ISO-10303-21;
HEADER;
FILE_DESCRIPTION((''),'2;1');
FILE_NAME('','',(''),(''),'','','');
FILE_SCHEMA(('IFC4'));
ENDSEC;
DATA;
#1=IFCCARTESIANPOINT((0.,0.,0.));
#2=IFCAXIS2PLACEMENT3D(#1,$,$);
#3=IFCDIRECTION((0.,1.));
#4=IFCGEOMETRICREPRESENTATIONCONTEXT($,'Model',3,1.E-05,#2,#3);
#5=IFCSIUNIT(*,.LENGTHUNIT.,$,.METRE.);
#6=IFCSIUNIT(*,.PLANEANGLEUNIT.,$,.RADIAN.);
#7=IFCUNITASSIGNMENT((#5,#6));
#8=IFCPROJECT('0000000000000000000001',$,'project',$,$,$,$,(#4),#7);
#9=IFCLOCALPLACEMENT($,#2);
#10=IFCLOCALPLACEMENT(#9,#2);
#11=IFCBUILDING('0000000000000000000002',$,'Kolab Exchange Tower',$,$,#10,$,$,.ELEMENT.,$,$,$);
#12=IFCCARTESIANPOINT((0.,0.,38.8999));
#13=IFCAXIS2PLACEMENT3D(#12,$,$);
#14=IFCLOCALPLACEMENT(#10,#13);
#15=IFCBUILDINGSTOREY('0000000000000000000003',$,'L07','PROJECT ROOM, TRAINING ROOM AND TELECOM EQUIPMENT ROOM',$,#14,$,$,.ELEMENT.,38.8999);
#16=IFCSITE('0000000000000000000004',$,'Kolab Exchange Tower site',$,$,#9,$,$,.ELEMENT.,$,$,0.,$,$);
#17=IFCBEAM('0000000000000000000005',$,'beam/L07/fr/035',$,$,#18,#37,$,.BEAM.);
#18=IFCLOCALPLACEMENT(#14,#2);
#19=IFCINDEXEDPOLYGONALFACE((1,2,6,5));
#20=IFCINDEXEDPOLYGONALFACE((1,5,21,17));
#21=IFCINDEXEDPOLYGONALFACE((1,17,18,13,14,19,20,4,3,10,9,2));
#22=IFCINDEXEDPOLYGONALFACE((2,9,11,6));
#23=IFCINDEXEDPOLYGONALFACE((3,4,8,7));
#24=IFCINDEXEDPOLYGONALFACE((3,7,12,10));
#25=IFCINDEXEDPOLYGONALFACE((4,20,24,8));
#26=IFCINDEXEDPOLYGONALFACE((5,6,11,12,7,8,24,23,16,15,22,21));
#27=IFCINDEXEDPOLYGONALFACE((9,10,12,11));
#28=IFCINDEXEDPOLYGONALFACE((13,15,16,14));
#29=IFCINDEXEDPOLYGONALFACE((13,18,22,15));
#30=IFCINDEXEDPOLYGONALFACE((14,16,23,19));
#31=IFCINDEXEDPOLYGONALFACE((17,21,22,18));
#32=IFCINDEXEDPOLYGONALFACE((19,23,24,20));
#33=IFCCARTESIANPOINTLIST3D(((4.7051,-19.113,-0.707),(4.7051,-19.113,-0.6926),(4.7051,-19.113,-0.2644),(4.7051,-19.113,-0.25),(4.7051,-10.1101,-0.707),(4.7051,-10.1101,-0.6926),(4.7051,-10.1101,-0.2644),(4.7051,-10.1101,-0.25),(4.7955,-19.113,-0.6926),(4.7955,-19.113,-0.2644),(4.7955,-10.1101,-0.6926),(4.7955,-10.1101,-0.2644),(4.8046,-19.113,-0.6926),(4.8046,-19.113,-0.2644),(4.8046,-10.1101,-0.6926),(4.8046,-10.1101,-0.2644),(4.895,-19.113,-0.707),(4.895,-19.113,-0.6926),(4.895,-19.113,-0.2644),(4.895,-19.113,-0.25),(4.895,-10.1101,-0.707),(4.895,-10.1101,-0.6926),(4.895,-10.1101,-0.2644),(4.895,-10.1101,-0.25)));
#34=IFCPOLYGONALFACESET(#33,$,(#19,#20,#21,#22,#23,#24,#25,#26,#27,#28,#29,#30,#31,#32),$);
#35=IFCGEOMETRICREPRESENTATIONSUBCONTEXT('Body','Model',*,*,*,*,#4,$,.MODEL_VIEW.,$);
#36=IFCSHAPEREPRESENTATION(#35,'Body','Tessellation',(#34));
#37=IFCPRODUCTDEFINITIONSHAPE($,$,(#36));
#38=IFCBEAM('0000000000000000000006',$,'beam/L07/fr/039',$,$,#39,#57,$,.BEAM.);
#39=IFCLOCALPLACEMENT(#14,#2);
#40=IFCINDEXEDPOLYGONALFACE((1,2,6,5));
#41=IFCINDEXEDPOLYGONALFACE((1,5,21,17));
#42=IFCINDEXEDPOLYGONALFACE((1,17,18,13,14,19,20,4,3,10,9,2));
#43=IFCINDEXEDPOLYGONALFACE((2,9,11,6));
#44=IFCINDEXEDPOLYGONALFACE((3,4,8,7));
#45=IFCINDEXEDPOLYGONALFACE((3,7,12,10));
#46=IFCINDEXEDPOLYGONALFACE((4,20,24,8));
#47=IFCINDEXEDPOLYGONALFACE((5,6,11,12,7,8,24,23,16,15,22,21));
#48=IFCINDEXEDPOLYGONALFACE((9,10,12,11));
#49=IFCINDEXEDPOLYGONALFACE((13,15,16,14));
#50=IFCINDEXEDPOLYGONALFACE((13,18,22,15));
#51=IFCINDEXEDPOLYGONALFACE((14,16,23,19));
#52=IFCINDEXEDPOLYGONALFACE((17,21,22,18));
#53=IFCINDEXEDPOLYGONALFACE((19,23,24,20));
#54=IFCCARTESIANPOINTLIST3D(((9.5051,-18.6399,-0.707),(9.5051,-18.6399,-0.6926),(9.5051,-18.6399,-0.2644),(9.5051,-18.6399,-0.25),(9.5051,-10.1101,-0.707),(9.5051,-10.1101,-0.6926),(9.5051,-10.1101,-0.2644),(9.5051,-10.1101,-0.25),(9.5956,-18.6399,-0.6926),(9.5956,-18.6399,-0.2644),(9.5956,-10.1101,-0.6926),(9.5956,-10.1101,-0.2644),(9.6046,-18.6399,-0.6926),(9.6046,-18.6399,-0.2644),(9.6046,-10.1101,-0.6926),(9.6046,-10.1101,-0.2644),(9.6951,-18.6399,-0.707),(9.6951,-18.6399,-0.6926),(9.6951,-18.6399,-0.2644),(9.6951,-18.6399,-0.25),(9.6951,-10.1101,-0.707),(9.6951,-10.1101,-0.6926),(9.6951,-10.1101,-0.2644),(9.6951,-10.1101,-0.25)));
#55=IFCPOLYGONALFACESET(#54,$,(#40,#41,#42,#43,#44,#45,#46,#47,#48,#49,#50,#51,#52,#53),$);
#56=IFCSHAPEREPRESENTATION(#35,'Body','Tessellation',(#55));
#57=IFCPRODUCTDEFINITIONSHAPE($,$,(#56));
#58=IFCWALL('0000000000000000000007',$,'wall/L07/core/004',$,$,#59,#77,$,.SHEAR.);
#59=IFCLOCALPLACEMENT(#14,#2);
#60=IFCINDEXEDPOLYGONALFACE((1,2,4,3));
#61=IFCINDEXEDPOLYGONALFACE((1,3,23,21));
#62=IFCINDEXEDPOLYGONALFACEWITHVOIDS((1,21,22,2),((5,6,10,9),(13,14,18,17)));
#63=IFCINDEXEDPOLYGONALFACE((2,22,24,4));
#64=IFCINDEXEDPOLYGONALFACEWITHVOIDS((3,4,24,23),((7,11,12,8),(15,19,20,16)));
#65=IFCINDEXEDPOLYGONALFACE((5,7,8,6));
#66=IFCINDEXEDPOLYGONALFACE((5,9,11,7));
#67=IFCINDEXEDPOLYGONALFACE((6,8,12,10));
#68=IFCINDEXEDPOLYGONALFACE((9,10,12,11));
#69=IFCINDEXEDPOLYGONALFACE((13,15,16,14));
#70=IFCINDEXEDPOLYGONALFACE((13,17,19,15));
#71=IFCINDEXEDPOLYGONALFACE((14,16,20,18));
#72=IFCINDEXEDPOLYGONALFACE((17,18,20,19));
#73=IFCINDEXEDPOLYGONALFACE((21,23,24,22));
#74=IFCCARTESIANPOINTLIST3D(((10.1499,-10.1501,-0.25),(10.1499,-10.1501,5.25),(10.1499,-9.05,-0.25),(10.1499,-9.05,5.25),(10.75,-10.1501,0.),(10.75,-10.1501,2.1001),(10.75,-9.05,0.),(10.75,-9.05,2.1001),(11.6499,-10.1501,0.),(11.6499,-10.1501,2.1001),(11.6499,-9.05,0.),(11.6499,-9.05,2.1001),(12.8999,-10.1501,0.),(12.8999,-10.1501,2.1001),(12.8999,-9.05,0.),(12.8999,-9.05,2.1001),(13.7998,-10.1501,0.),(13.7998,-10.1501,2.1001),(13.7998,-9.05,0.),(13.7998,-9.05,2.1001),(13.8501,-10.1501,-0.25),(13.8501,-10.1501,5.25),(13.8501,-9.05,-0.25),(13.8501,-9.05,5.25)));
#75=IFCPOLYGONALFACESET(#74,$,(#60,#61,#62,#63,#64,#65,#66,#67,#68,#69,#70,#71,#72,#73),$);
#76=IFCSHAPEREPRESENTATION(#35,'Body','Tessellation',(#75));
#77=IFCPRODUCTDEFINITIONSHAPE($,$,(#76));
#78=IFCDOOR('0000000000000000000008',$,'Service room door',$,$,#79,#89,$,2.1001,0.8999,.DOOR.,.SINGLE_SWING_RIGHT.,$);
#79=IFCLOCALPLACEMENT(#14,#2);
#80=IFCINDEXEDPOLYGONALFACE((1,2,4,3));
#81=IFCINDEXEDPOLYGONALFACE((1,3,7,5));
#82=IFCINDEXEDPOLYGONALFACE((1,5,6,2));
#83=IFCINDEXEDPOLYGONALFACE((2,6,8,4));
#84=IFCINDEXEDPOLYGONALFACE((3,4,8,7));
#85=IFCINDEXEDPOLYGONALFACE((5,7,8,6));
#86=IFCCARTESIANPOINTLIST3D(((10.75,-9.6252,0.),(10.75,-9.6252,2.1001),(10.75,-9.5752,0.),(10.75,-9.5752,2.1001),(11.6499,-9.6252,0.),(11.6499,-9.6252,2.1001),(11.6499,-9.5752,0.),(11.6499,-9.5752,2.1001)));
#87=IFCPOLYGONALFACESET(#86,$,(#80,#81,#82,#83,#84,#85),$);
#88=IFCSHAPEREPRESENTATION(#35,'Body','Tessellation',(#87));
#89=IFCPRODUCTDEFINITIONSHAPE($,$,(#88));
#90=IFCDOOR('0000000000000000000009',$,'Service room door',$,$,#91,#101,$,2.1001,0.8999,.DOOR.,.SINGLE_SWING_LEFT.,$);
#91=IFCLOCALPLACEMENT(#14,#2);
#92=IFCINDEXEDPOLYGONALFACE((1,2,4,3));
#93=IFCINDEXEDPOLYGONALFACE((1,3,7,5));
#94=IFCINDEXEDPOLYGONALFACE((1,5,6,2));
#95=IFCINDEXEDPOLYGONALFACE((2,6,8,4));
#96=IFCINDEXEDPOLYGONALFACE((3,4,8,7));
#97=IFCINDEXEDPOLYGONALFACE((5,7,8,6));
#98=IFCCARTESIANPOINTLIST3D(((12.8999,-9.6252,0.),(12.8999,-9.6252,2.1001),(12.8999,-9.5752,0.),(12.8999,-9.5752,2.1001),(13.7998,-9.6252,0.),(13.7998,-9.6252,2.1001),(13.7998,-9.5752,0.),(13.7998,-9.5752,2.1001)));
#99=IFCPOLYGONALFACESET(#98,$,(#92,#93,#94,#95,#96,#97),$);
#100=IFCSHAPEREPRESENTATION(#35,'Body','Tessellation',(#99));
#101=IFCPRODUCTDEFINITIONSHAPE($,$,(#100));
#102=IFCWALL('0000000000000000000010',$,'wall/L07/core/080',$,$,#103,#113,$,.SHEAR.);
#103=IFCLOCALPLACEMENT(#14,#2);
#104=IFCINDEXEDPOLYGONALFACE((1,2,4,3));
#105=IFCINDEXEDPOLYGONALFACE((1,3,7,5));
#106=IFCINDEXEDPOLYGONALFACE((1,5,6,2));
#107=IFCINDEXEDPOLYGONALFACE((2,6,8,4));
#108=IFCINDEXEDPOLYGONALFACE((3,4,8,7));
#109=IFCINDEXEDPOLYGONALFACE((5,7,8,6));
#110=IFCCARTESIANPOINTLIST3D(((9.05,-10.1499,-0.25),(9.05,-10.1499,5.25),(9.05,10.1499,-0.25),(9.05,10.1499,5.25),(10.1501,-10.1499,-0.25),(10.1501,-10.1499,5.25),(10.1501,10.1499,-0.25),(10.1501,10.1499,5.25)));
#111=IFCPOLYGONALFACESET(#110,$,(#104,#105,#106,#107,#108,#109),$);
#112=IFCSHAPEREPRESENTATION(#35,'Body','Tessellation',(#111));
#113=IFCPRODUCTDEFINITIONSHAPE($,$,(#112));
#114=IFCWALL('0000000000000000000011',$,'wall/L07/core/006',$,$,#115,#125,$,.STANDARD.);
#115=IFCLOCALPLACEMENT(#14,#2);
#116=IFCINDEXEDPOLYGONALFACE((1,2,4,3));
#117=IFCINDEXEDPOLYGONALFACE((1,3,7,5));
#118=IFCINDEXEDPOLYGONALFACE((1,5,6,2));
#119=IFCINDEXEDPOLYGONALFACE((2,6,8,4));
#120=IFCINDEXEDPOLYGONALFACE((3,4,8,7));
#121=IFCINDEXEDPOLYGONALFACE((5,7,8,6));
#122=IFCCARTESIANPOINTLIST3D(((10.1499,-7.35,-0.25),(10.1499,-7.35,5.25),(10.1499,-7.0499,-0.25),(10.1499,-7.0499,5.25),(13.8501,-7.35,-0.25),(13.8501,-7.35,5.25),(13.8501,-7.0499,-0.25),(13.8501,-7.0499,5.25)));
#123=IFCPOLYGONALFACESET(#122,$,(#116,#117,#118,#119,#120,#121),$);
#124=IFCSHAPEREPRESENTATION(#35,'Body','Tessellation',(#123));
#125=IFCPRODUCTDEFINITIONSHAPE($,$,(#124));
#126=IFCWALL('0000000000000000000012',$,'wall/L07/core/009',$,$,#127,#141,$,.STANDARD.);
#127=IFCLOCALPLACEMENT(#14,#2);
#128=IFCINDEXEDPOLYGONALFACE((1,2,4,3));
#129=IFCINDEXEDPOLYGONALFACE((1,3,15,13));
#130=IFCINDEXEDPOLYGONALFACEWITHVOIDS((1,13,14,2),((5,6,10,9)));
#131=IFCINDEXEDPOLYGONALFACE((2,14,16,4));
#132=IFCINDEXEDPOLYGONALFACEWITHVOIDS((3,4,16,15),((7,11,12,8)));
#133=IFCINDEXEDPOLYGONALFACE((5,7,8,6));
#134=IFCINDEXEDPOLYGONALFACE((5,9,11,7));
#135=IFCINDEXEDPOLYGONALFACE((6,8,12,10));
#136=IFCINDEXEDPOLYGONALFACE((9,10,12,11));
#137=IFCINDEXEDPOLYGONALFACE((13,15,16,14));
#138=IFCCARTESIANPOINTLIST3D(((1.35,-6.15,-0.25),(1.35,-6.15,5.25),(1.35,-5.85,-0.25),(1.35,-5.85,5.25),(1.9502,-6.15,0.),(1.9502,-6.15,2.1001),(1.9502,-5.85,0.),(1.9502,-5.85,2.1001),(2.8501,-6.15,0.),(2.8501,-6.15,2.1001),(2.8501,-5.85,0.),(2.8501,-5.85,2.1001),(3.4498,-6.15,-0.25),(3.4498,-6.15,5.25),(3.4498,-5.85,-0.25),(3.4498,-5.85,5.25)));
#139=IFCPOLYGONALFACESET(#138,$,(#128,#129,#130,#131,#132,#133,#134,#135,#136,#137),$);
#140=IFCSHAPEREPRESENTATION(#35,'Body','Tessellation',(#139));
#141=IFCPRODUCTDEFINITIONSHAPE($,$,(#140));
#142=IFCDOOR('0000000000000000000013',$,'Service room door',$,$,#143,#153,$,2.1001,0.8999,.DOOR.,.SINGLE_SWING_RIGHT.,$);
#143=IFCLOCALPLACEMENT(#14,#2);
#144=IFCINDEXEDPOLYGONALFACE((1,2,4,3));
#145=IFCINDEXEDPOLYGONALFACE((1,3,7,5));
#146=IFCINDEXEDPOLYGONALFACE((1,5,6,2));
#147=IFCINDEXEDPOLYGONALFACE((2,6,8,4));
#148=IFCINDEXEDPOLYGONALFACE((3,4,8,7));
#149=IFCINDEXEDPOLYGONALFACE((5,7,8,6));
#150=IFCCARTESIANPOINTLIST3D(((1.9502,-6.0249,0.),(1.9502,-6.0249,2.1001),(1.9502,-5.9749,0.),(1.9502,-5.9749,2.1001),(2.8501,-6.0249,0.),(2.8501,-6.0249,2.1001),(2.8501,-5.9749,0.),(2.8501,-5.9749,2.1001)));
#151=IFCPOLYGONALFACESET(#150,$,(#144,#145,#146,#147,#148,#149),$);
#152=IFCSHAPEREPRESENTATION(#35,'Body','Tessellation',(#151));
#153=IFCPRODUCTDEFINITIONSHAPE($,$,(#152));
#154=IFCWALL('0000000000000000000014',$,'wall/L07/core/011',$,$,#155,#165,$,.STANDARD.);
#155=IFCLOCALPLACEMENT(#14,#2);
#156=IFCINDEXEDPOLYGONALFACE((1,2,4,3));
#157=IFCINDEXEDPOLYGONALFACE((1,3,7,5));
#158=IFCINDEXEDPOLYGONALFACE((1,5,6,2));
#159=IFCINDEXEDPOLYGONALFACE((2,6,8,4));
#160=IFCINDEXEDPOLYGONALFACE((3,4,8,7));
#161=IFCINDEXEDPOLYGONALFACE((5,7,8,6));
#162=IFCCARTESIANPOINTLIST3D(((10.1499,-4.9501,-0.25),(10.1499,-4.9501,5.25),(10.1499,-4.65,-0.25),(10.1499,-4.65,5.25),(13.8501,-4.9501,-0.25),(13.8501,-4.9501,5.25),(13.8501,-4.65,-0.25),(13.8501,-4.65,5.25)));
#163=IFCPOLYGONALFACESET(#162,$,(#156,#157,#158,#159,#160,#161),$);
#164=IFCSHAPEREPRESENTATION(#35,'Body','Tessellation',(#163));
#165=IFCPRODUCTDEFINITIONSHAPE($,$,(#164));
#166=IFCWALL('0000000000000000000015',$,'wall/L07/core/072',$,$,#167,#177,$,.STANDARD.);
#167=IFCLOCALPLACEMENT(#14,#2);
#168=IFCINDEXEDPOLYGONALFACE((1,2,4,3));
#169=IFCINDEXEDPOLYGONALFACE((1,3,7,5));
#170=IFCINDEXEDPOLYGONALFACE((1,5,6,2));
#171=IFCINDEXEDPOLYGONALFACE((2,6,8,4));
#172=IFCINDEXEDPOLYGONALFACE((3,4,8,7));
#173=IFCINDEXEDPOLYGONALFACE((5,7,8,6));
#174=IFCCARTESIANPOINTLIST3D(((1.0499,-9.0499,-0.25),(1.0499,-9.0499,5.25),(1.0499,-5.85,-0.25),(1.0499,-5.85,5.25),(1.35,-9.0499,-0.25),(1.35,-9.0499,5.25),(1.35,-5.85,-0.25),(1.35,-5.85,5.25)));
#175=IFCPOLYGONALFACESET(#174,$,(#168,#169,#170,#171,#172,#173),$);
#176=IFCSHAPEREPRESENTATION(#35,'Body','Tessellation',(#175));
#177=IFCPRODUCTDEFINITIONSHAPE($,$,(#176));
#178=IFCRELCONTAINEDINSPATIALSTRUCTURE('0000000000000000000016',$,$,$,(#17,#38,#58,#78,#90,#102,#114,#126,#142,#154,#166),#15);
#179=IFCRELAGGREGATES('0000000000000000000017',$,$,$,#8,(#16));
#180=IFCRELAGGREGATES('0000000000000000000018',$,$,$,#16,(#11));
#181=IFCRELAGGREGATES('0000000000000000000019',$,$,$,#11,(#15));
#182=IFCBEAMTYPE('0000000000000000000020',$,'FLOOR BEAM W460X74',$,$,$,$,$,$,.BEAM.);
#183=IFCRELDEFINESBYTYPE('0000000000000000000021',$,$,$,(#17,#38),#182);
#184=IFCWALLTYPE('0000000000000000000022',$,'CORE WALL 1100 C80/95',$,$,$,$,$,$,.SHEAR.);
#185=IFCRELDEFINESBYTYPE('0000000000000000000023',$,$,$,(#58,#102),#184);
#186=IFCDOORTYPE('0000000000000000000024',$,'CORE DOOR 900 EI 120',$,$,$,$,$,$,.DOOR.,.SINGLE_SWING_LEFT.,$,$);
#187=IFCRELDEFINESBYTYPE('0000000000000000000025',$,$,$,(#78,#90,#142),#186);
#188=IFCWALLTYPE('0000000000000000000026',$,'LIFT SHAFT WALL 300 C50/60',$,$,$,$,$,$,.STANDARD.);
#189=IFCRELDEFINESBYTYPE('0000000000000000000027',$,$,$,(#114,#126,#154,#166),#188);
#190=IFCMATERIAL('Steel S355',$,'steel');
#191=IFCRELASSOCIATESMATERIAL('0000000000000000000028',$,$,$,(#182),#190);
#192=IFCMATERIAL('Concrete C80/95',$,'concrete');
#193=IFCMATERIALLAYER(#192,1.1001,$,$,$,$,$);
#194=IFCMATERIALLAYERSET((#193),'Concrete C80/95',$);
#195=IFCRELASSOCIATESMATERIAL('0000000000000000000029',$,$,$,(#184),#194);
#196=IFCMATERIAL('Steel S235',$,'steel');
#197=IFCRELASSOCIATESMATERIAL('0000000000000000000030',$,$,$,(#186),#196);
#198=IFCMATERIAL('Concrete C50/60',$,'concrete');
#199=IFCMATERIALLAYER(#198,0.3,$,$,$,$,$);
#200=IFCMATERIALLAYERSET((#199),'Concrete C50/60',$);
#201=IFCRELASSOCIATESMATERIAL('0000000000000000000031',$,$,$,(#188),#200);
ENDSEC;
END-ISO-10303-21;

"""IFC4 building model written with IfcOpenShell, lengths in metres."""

from ifc_helpers import new_model, si_unit, direction, frame, frame_2d, origin, origin_2d, place, context, subcontext, project, spatial, rectangle, i_section, extrude, material, layer, layer_set, material_profile, profile_set, type_object, element, fill, save


model = new_model("IFC4")

# Units and contexts
model_context = context("Model", 3, precision=1e-05, world=origin(), true_north=direction((0.0, 1.0)))
body_context = subcontext(model_context, "Body", "Model", "MODEL_VIEW")
ifc_project = project(units=[si_unit("LENGTHUNIT", "METRE"), si_unit("PLANEANGLEUNIT", "RADIAN")], contexts=[model_context])

# Site, building, storey
site_placement = place(None, origin())
site = spatial("IfcSite", under=ifc_project, at=site_placement, Name="Kolab Exchange Tower site", CompositionType="ELEMENT", RefElevation=0.0)
building_placement = place(site_placement, origin())
building = spatial("IfcBuilding", under=site, at=building_placement, Name="Kolab Exchange Tower", CompositionType="ELEMENT")
storey_placement = place(building_placement, frame((0.0, 0.0, 38.8999)))
storey = spatial("IfcBuildingStorey", under=building, at=storey_placement, Name="L07", Description="PROJECT ROOM, TRAINING ROOM AND TELECOM EQUIPMENT ROOM", CompositionType="ELEMENT", Elevation=38.8999)

# Beams
ifc_material_1 = material(Name="Steel S355", Category="steel")
ifc_material_profile = material_profile(ifc_material_1, i_section(OverallWidth=0.1899, OverallDepth=0.457, WebThickness=0.009, FlangeThickness=0.0144, at=origin_2d()), Name="W460X74")
ifc_profile_set = profile_set([ifc_material_profile], Name="Steel S355")
beam_type = type_object("IfcBeamType", Name="FLOOR BEAM W460X74", PredefinedType="BEAM", material=ifc_profile_set)
beam_1_placement = place(storey_placement, frame((4.8, -19.113, -0.4785), z_axis=(0.0, 1.0, 0.0), x_axis=(-1.0, 0.0, 0.0)))
element("IfcBeam", 1, at=beam_1_placement, inside=storey, type_object=beam_type, Name="beam/L07/fr/035", PredefinedType="BEAM", context=body_context, shape_type="SweptSolid", body=[
    extrude(i_section(OverallWidth=0.1899, OverallDepth=0.457, WebThickness=0.009, FlangeThickness=0.0144, at=origin_2d()), origin(), (0.0, 0.0, 1.0), 9.0029),
])
beam_2_placement = place(storey_placement, frame((9.6001, -18.6399, -0.4785), z_axis=(0.0, 1.0, 0.0), x_axis=(-1.0, 0.0, 0.0)))
element("IfcBeam", 2, at=beam_2_placement, inside=storey, type_object=beam_type, Name="beam/L07/fr/039", PredefinedType="BEAM", context=body_context, shape_type="SweptSolid", body=[
    extrude(i_section(OverallWidth=0.1899, OverallDepth=0.457, WebThickness=0.009, FlangeThickness=0.0144, at=origin_2d()), origin(), (0.0, 0.0, 1.0), 8.5298),
])

# Wall, openings, doors
ifc_material_2 = material(Name="Concrete C80/95", Category="concrete")
ifc_layer_1 = layer(ifc_material_2, 1.1001)
ifc_layer_set_1 = layer_set([ifc_layer_1], Name="Concrete C80/95")
wall_type_1 = type_object("IfcWallType", Name="CORE WALL 1100 C80/95", PredefinedType="SHEAR", material=ifc_layer_set_1)
wall_1_placement = place(storey_placement, frame((10.1499, -9.6001, -0.25), z_axis=(0.0, 0.0, 1.0), x_axis=(1.0, 0.0, 0.0)))
wall_1 = element("IfcWall", 3, at=wall_1_placement, inside=storey, type_object=wall_type_1, Name="wall/L07/core/004", PredefinedType="SHEAR", context=body_context, shape_type="SweptSolid", body=[
    extrude(rectangle(XDim=3.7002, YDim=1.1001, at=frame_2d((1.8501, 0.0))), origin(), (0.0, 0.0, 1.0), 5.5),
])
opening_1_placement = place(wall_1_placement, frame((0.6001, 0.0, 0.25)))
opening_1 = element("IfcOpeningElement", 4, at=opening_1_placement, cuts=wall_1, PredefinedType="OPENING", context=body_context, shape_type="SweptSolid", body=[
    extrude(rectangle(XDim=0.8999, YDim=2.1001, at=frame_2d((0.45, 1.05))), frame((0.0, 0.5601, 0.0), z_axis=(0.0, -1.0, 0.0), x_axis=(1.0, 0.0, 0.0)), (0.0, 0.0, 1.0), 1.1201),
])
opening_2_placement = place(wall_1_placement, frame((2.75, 0.0, 0.25)))
opening_2 = element("IfcOpeningElement", 5, at=opening_2_placement, cuts=wall_1, PredefinedType="OPENING", context=body_context, shape_type="SweptSolid", body=[
    extrude(rectangle(XDim=0.8999, YDim=2.1001, at=frame_2d((0.45, 1.05))), frame((0.0, 0.5601, 0.0), z_axis=(0.0, -1.0, 0.0), x_axis=(1.0, 0.0, 0.0)), (0.0, 0.0, 1.0), 1.1201),
])
ifc_material_3 = material(Name="Steel S235", Category="steel")
door_type_1 = type_object("IfcDoorType", Name="CORE DOOR 900 EI 120", OperationType="SINGLE_SWING_LEFT", PredefinedType="DOOR", material=ifc_material_3)
door_1_placement = place(opening_1_placement, origin())
door_1 = element("IfcDoor", 6, at=door_1_placement, inside=storey, type_object=door_type_1, Name="Service room door", OperationType="SINGLE_SWING_RIGHT", OverallHeight=2.1001, OverallWidth=0.8999, PredefinedType="DOOR", context=body_context, shape_type="SweptSolid", body=[
    extrude(rectangle(XDim=0.8999, YDim=2.1001, at=frame_2d((0.45, 1.05))), frame((0.0, 0.0249, 0.0), z_axis=(0.0, -1.0, 0.0), x_axis=(1.0, 0.0, 0.0)), (0.0, 0.0, 1.0), 0.05),
])
fill(opening_1, door_1)
door_2_placement = place(opening_2_placement, origin())
door_2 = element("IfcDoor", 7, at=door_2_placement, inside=storey, type_object=door_type_1, Name="Service room door", OperationType="SINGLE_SWING_LEFT", OverallHeight=2.1001, OverallWidth=0.8999, PredefinedType="DOOR", context=body_context, shape_type="SweptSolid", body=[
    extrude(rectangle(XDim=0.8999, YDim=2.1001, at=frame_2d((0.45, 1.05))), frame((0.0, 0.0249, 0.0), z_axis=(0.0, -1.0, 0.0), x_axis=(1.0, 0.0, 0.0)), (0.0, 0.0, 1.0), 0.05),
])
fill(opening_2, door_2)

# Walls
wall_2_placement = place(storey_placement, frame((9.6001, -10.1499, -0.25), z_axis=(0.0, 0.0, 1.0), x_axis=(0.0, 1.0, 0.0)))
element("IfcWall", 8, at=wall_2_placement, inside=storey, type_object=wall_type_1, Name="wall/L07/core/080", PredefinedType="SHEAR", context=body_context, shape_type="SweptSolid", body=[
    extrude(rectangle(XDim=20.2998, YDim=1.1001, at=frame_2d((10.1499, 0.0))), origin(), (0.0, 0.0, 1.0), 5.5),
])
ifc_material_4 = material(Name="Concrete C50/60", Category="concrete")
ifc_layer_2 = layer(ifc_material_4, 0.3)
ifc_layer_set_2 = layer_set([ifc_layer_2], Name="Concrete C50/60")
wall_type_2 = type_object("IfcWallType", Name="LIFT SHAFT WALL 300 C50/60", PredefinedType="STANDARD", material=ifc_layer_set_2)
wall_3_placement = place(storey_placement, frame((10.1499, -7.2, -0.25), z_axis=(0.0, 0.0, 1.0), x_axis=(1.0, 0.0, 0.0)))
element("IfcWall", 9, at=wall_3_placement, inside=storey, type_object=wall_type_2, Name="wall/L07/core/006", PredefinedType="STANDARD", context=body_context, shape_type="SweptSolid", body=[
    extrude(rectangle(XDim=3.7002, YDim=0.3, at=frame_2d((1.8501, 0.0))), origin(), (0.0, 0.0, 1.0), 5.5),
])

# Wall, opening, door
wall_4_placement = place(storey_placement, frame((1.3501, -6.0, -0.25), z_axis=(0.0, 0.0, 1.0), x_axis=(1.0, 0.0, 0.0)))
wall_4 = element("IfcWall", 10, at=wall_4_placement, inside=storey, type_object=wall_type_2, Name="wall/L07/core/009", PredefinedType="STANDARD", context=body_context, shape_type="SweptSolid", body=[
    extrude(rectangle(XDim=2.0999, YDim=0.3, at=frame_2d((1.0498, 0.0))), origin(), (0.0, 0.0, 1.0), 5.5),
])
opening_3_placement = place(wall_4_placement, frame((0.6001, 0.0, 0.25)))
opening_3 = element("IfcOpeningElement", 11, at=opening_3_placement, cuts=wall_4, PredefinedType="OPENING", context=body_context, shape_type="SweptSolid", body=[
    extrude(rectangle(XDim=0.8999, YDim=2.1001, at=frame_2d((0.45, 1.05))), frame((0.0, 0.1602, 0.0), z_axis=(0.0, -1.0, 0.0), x_axis=(1.0, 0.0, 0.0)), (0.0, 0.0, 1.0), 0.3201),
])
door_3_placement = place(opening_3_placement, frame((0.8999, 0.0, 0.0), z_axis=(0.0, 0.0, 1.0), x_axis=(-1.0, 0.0, 0.0)))
door_3 = element("IfcDoor", 12, at=door_3_placement, inside=storey, type_object=door_type_1, Name="Service room door", OperationType="SINGLE_SWING_RIGHT", OverallHeight=2.1001, OverallWidth=0.8999, PredefinedType="DOOR", context=body_context, shape_type="SweptSolid", body=[
    extrude(rectangle(XDim=0.8999, YDim=2.1001, at=frame_2d((0.45, 1.05))), frame((0.0, 0.0249, 0.0), z_axis=(0.0, -1.0, 0.0), x_axis=(1.0, 0.0, 0.0)), (0.0, 0.0, 1.0), 0.05),
])
fill(opening_3, door_3)

# Walls
wall_5_placement = place(storey_placement, frame((10.1499, -4.8, -0.25), z_axis=(0.0, 0.0, 1.0), x_axis=(1.0, 0.0, 0.0)))
element("IfcWall", 13, at=wall_5_placement, inside=storey, type_object=wall_type_2, Name="wall/L07/core/011", PredefinedType="STANDARD", context=body_context, shape_type="SweptSolid", body=[
    extrude(rectangle(XDim=3.7002, YDim=0.3, at=frame_2d((1.8501, 0.0))), origin(), (0.0, 0.0, 1.0), 5.5),
])
wall_6_placement = place(storey_placement, frame((1.2, -9.05, -0.25), z_axis=(0.0, 0.0, 1.0), x_axis=(0.0, 1.0, 0.0)))
element("IfcWall", 14, at=wall_6_placement, inside=storey, type_object=wall_type_2, Name="wall/L07/core/072", PredefinedType="STANDARD", context=body_context, shape_type="SweptSolid", body=[
    extrude(rectangle(XDim=3.2, YDim=0.3, at=frame_2d((1.6001, 0.0))), origin(), (0.0, 0.0, 1.0), 5.5),
])

save(model, "model.ifc")
